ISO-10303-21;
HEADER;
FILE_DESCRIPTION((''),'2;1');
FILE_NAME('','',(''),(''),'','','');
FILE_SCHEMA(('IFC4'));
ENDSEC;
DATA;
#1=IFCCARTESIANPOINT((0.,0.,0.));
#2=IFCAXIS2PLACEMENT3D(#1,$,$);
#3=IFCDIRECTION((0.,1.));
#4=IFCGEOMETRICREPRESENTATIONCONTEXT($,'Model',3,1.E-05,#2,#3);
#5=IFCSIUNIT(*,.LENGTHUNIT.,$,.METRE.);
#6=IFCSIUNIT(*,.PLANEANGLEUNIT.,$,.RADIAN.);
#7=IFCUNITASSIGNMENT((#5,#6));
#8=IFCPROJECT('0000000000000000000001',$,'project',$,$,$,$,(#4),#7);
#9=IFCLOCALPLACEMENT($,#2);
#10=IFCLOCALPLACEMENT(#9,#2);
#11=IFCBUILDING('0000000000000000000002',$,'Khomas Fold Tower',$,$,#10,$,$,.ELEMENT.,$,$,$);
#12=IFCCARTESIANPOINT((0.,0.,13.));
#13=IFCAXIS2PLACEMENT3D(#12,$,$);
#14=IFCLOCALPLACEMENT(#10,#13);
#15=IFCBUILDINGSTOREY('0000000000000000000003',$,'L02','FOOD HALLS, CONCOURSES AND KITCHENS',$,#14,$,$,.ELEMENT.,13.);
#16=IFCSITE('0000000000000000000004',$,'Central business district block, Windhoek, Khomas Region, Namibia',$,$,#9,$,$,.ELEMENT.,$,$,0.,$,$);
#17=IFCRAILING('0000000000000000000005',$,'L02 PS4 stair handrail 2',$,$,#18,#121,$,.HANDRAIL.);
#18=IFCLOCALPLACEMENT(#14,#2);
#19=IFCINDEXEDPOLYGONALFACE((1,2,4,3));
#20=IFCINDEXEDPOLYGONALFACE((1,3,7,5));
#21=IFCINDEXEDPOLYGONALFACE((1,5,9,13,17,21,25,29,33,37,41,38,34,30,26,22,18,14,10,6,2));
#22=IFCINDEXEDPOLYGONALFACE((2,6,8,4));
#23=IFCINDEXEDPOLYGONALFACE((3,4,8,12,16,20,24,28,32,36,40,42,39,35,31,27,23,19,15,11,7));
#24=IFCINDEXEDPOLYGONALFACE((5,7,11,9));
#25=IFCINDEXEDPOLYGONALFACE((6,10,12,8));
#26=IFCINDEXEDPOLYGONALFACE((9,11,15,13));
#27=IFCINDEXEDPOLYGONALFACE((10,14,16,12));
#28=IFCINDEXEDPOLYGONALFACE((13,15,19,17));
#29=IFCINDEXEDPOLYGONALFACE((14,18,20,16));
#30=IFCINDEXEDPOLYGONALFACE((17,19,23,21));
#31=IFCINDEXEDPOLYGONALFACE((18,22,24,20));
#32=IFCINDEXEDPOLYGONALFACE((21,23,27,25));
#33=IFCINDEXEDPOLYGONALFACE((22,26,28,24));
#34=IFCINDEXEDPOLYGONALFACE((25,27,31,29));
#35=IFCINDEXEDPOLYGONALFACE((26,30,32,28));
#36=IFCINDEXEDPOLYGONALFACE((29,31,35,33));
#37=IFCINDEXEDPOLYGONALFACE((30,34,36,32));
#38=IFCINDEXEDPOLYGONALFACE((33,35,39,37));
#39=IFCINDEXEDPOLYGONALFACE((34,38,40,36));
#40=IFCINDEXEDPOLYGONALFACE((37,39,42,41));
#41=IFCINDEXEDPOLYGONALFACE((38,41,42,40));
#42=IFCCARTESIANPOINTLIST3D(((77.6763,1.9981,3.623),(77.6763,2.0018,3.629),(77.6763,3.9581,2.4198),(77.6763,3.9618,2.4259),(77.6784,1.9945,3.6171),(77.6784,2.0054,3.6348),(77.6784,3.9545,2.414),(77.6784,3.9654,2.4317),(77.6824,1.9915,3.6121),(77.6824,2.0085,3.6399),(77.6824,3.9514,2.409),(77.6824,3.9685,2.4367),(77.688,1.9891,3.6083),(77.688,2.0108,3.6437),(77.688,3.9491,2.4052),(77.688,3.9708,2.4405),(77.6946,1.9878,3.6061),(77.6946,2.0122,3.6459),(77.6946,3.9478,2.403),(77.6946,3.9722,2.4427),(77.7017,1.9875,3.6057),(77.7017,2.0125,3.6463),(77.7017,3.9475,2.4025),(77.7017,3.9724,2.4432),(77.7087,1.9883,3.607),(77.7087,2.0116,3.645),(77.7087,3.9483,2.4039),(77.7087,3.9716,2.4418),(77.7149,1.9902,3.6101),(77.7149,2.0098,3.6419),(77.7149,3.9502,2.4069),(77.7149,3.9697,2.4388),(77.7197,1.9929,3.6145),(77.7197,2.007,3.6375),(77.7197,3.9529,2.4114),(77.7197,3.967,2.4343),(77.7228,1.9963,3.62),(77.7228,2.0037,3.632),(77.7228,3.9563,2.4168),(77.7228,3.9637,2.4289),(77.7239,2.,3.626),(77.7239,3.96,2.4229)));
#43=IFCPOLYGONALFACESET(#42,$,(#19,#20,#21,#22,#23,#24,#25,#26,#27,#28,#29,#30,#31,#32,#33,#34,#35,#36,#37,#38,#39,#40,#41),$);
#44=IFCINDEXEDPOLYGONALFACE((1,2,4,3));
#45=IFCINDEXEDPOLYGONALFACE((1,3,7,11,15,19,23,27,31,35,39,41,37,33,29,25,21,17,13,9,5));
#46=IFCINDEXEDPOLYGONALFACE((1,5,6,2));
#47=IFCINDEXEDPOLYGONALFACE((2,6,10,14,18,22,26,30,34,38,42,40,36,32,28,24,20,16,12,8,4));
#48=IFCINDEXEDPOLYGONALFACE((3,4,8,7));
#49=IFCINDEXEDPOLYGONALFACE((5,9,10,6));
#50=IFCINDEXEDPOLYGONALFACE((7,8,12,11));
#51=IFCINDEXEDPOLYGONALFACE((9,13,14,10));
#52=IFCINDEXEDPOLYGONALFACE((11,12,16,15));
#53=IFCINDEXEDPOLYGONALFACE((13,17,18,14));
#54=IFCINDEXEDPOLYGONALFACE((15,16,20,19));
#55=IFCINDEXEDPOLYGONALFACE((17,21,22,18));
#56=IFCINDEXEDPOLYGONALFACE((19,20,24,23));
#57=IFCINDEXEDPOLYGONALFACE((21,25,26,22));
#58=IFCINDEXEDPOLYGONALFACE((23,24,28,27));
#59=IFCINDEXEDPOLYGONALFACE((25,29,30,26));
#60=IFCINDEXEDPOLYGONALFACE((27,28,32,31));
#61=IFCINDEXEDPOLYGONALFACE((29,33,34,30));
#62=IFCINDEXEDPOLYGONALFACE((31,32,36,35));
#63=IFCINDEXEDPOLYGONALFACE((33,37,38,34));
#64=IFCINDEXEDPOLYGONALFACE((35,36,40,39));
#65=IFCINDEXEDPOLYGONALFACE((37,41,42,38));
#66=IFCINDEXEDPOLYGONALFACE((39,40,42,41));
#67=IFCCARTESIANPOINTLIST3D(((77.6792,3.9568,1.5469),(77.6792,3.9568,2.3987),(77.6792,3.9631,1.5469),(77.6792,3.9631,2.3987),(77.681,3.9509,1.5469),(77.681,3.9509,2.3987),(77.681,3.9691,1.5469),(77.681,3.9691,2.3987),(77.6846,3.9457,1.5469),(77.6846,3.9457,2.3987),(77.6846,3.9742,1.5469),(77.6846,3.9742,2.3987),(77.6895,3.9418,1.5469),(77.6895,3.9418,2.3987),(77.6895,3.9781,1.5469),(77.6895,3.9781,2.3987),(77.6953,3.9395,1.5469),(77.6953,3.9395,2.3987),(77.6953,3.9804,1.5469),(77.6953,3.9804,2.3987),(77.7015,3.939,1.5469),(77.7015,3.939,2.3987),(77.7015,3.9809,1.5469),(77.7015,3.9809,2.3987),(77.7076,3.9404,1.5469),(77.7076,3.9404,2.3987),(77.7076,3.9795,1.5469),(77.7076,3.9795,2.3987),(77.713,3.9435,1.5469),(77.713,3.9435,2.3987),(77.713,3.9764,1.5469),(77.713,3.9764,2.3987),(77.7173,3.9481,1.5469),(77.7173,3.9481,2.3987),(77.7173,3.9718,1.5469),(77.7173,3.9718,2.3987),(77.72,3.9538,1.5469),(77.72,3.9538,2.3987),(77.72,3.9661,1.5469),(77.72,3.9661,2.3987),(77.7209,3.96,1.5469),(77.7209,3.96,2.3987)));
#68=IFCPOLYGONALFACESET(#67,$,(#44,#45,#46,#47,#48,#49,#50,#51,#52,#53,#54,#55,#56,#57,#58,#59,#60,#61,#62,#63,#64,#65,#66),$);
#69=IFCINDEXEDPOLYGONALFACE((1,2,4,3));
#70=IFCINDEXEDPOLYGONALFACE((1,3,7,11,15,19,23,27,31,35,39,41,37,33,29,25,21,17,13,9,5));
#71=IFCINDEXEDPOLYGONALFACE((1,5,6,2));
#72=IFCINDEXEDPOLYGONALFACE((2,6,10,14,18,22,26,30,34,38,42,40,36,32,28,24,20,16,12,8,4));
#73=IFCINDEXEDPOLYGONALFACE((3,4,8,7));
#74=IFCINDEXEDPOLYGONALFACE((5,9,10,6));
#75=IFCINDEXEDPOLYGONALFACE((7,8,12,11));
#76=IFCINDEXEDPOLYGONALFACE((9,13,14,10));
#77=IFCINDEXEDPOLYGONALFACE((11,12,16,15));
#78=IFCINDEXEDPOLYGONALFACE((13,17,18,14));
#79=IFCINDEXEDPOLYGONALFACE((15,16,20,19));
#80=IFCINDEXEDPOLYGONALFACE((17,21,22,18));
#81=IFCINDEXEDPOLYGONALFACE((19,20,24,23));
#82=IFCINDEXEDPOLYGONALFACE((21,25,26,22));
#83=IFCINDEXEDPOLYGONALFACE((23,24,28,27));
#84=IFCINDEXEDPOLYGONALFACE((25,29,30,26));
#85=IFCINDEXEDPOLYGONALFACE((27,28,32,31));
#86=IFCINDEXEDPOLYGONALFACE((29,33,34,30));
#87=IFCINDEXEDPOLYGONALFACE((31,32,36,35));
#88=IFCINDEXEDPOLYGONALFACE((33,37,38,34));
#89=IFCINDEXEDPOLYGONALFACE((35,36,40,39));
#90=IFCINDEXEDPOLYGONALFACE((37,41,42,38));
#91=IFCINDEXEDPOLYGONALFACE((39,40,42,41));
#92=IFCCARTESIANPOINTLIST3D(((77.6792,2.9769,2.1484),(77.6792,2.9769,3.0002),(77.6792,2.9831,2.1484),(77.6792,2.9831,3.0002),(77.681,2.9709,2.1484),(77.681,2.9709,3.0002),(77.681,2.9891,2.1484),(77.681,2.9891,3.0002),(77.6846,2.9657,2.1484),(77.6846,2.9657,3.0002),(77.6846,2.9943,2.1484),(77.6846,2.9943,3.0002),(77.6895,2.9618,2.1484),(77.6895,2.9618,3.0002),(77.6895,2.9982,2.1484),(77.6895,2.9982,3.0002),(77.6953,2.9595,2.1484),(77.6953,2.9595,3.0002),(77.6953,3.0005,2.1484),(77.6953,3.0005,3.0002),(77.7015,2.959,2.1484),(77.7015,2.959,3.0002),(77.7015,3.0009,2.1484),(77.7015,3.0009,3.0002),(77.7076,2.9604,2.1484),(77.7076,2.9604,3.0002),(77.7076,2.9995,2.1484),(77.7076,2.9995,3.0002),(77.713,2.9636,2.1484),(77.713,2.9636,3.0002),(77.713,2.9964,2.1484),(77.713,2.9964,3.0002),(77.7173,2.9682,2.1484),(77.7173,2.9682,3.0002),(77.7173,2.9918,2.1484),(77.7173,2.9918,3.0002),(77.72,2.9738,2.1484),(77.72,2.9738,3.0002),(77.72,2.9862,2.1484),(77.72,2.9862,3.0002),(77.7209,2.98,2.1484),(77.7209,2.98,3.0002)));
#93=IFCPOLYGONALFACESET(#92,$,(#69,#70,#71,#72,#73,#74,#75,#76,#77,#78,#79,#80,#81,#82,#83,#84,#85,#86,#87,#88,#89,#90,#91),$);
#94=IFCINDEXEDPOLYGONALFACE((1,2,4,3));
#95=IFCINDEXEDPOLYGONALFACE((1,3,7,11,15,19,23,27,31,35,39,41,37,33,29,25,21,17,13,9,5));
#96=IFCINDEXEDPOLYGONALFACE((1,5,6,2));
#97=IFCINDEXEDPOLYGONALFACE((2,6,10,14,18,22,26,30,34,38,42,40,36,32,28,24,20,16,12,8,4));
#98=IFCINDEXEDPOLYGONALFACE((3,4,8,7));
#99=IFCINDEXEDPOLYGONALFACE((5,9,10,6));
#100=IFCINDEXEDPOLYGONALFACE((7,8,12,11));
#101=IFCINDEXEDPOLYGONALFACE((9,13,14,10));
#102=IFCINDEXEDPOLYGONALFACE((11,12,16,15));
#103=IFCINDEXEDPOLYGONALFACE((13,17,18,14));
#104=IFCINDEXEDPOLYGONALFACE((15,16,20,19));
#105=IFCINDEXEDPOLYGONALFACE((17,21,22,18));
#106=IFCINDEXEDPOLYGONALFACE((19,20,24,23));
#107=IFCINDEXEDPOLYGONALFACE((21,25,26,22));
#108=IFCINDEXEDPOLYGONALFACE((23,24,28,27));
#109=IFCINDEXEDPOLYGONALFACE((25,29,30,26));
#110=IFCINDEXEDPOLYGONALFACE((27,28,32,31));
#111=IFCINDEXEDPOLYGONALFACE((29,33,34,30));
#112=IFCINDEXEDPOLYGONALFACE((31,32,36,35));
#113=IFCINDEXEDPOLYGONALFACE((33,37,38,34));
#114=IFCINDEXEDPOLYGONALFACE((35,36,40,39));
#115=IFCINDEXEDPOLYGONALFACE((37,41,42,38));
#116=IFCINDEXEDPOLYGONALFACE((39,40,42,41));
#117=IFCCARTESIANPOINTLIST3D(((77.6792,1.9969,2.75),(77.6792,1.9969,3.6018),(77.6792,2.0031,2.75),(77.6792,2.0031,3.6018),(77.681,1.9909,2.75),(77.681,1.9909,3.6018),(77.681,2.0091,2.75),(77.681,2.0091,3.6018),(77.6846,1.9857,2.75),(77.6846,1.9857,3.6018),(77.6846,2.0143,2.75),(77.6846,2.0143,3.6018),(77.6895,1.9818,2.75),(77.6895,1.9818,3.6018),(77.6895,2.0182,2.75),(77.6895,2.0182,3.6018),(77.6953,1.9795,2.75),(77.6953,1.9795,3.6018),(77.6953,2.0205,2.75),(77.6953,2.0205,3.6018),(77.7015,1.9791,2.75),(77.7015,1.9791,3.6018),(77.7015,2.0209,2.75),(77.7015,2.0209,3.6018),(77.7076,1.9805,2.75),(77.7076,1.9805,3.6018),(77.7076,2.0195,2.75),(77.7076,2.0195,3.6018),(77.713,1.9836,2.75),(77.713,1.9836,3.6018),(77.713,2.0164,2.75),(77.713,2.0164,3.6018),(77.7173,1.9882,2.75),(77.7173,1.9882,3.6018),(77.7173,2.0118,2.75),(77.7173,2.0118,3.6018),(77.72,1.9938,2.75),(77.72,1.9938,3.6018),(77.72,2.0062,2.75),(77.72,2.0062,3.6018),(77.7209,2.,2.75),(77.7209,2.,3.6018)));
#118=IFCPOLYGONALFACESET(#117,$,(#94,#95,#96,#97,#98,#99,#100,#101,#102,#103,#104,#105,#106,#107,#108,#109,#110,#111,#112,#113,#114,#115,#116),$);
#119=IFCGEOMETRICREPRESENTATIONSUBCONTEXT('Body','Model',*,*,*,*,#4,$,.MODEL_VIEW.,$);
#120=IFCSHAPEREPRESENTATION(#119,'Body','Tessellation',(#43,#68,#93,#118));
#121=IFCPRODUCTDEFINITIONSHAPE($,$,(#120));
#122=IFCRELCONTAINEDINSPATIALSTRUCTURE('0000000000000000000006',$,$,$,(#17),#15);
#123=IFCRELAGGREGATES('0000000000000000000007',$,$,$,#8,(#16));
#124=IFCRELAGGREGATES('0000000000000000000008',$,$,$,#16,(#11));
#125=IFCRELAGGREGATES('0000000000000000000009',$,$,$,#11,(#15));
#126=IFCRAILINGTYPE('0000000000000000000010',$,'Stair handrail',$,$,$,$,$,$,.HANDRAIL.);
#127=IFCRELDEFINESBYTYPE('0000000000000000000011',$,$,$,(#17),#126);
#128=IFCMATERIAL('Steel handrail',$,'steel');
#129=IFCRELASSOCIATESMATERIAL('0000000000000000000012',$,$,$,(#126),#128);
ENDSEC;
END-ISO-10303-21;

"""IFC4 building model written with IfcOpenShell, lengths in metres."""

from ifc_helpers import new_model, si_unit, direction, frame, origin, origin_2d, place, context, subcontext, project, spatial, circle, extrude, source, transform, mapped, material, type_object, element, save


model = new_model("IFC4")

# Units and contexts
model_context = context("Model", 3, precision=1e-05, world=origin(), true_north=direction((0.0, 1.0)))
body_context = subcontext(model_context, "Body", "Model", "MODEL_VIEW")
ifc_project = project(units=[si_unit("LENGTHUNIT", "METRE"), si_unit("PLANEANGLEUNIT", "RADIAN")], contexts=[model_context])

# Site, building, storey
site_placement = place(None, origin())
site = spatial("IfcSite", under=ifc_project, at=site_placement, Name="Central business district block, Windhoek, Khomas Region, Namibia", CompositionType="ELEMENT", RefElevation=0.0)
building_placement = place(site_placement, origin())
building = spatial("IfcBuilding", under=site, at=building_placement, Name="Khomas Fold Tower", CompositionType="ELEMENT")
storey_placement = place(building_placement, frame((0.0, 0.0, 13.0)))
storey = spatial("IfcBuildingStorey", under=building, at=storey_placement, Name="L02", Description="FOOD HALLS, CONCOURSES AND KITCHENS", CompositionType="ELEMENT", Elevation=13.0)

# Railing
ifc_material_1 = material(Name="Steel handrail", Category="steel")
railing_type_1 = type_object("IfcRailingType", Name="Stair handrail", PredefinedType="HANDRAIL", material=ifc_material_1)
shared_shape_1 = source(origin(), body_context, "Body", "SweptSolid", [
    extrude(circle(Radius=0.0239, at=origin_2d()), frame((0.0, 0.0, 0.876), z_axis=(0.0, -0.852241, 0.523149), x_axis=(1.0, 0.0, 0.0)), (0.0, 0.0, 1.0), 2.2998),
    extrude(circle(Radius=0.021, at=origin_2d()), origin(), (0.0, 0.0, 1.0), 0.8518),
    extrude(circle(Radius=0.021, at=origin_2d()), frame((0.0, -0.98, 0.6016)), (0.0, 0.0, 1.0), 0.8518),
    extrude(circle(Radius=0.021, at=origin_2d()), frame((0.0, -1.96, 1.2031)), (0.0, 0.0, 1.0), 0.8518),
])
for number, where, name in (
    (1, (77.7, 3.96, 1.5469), "L02 PS4 stair handrail 2"),
):
    element("IfcRailing", number, at=place(storey_placement, frame(where)), inside=storey, type_object=railing_type_1, Name=name, PredefinedType="HANDRAIL", context=body_context, shape_type="MappedRepresentation", body=[
        mapped(shared_shape_1, transform((0.0, 0.0, 0.0))),
    ])

save(model, "model.ifc")
